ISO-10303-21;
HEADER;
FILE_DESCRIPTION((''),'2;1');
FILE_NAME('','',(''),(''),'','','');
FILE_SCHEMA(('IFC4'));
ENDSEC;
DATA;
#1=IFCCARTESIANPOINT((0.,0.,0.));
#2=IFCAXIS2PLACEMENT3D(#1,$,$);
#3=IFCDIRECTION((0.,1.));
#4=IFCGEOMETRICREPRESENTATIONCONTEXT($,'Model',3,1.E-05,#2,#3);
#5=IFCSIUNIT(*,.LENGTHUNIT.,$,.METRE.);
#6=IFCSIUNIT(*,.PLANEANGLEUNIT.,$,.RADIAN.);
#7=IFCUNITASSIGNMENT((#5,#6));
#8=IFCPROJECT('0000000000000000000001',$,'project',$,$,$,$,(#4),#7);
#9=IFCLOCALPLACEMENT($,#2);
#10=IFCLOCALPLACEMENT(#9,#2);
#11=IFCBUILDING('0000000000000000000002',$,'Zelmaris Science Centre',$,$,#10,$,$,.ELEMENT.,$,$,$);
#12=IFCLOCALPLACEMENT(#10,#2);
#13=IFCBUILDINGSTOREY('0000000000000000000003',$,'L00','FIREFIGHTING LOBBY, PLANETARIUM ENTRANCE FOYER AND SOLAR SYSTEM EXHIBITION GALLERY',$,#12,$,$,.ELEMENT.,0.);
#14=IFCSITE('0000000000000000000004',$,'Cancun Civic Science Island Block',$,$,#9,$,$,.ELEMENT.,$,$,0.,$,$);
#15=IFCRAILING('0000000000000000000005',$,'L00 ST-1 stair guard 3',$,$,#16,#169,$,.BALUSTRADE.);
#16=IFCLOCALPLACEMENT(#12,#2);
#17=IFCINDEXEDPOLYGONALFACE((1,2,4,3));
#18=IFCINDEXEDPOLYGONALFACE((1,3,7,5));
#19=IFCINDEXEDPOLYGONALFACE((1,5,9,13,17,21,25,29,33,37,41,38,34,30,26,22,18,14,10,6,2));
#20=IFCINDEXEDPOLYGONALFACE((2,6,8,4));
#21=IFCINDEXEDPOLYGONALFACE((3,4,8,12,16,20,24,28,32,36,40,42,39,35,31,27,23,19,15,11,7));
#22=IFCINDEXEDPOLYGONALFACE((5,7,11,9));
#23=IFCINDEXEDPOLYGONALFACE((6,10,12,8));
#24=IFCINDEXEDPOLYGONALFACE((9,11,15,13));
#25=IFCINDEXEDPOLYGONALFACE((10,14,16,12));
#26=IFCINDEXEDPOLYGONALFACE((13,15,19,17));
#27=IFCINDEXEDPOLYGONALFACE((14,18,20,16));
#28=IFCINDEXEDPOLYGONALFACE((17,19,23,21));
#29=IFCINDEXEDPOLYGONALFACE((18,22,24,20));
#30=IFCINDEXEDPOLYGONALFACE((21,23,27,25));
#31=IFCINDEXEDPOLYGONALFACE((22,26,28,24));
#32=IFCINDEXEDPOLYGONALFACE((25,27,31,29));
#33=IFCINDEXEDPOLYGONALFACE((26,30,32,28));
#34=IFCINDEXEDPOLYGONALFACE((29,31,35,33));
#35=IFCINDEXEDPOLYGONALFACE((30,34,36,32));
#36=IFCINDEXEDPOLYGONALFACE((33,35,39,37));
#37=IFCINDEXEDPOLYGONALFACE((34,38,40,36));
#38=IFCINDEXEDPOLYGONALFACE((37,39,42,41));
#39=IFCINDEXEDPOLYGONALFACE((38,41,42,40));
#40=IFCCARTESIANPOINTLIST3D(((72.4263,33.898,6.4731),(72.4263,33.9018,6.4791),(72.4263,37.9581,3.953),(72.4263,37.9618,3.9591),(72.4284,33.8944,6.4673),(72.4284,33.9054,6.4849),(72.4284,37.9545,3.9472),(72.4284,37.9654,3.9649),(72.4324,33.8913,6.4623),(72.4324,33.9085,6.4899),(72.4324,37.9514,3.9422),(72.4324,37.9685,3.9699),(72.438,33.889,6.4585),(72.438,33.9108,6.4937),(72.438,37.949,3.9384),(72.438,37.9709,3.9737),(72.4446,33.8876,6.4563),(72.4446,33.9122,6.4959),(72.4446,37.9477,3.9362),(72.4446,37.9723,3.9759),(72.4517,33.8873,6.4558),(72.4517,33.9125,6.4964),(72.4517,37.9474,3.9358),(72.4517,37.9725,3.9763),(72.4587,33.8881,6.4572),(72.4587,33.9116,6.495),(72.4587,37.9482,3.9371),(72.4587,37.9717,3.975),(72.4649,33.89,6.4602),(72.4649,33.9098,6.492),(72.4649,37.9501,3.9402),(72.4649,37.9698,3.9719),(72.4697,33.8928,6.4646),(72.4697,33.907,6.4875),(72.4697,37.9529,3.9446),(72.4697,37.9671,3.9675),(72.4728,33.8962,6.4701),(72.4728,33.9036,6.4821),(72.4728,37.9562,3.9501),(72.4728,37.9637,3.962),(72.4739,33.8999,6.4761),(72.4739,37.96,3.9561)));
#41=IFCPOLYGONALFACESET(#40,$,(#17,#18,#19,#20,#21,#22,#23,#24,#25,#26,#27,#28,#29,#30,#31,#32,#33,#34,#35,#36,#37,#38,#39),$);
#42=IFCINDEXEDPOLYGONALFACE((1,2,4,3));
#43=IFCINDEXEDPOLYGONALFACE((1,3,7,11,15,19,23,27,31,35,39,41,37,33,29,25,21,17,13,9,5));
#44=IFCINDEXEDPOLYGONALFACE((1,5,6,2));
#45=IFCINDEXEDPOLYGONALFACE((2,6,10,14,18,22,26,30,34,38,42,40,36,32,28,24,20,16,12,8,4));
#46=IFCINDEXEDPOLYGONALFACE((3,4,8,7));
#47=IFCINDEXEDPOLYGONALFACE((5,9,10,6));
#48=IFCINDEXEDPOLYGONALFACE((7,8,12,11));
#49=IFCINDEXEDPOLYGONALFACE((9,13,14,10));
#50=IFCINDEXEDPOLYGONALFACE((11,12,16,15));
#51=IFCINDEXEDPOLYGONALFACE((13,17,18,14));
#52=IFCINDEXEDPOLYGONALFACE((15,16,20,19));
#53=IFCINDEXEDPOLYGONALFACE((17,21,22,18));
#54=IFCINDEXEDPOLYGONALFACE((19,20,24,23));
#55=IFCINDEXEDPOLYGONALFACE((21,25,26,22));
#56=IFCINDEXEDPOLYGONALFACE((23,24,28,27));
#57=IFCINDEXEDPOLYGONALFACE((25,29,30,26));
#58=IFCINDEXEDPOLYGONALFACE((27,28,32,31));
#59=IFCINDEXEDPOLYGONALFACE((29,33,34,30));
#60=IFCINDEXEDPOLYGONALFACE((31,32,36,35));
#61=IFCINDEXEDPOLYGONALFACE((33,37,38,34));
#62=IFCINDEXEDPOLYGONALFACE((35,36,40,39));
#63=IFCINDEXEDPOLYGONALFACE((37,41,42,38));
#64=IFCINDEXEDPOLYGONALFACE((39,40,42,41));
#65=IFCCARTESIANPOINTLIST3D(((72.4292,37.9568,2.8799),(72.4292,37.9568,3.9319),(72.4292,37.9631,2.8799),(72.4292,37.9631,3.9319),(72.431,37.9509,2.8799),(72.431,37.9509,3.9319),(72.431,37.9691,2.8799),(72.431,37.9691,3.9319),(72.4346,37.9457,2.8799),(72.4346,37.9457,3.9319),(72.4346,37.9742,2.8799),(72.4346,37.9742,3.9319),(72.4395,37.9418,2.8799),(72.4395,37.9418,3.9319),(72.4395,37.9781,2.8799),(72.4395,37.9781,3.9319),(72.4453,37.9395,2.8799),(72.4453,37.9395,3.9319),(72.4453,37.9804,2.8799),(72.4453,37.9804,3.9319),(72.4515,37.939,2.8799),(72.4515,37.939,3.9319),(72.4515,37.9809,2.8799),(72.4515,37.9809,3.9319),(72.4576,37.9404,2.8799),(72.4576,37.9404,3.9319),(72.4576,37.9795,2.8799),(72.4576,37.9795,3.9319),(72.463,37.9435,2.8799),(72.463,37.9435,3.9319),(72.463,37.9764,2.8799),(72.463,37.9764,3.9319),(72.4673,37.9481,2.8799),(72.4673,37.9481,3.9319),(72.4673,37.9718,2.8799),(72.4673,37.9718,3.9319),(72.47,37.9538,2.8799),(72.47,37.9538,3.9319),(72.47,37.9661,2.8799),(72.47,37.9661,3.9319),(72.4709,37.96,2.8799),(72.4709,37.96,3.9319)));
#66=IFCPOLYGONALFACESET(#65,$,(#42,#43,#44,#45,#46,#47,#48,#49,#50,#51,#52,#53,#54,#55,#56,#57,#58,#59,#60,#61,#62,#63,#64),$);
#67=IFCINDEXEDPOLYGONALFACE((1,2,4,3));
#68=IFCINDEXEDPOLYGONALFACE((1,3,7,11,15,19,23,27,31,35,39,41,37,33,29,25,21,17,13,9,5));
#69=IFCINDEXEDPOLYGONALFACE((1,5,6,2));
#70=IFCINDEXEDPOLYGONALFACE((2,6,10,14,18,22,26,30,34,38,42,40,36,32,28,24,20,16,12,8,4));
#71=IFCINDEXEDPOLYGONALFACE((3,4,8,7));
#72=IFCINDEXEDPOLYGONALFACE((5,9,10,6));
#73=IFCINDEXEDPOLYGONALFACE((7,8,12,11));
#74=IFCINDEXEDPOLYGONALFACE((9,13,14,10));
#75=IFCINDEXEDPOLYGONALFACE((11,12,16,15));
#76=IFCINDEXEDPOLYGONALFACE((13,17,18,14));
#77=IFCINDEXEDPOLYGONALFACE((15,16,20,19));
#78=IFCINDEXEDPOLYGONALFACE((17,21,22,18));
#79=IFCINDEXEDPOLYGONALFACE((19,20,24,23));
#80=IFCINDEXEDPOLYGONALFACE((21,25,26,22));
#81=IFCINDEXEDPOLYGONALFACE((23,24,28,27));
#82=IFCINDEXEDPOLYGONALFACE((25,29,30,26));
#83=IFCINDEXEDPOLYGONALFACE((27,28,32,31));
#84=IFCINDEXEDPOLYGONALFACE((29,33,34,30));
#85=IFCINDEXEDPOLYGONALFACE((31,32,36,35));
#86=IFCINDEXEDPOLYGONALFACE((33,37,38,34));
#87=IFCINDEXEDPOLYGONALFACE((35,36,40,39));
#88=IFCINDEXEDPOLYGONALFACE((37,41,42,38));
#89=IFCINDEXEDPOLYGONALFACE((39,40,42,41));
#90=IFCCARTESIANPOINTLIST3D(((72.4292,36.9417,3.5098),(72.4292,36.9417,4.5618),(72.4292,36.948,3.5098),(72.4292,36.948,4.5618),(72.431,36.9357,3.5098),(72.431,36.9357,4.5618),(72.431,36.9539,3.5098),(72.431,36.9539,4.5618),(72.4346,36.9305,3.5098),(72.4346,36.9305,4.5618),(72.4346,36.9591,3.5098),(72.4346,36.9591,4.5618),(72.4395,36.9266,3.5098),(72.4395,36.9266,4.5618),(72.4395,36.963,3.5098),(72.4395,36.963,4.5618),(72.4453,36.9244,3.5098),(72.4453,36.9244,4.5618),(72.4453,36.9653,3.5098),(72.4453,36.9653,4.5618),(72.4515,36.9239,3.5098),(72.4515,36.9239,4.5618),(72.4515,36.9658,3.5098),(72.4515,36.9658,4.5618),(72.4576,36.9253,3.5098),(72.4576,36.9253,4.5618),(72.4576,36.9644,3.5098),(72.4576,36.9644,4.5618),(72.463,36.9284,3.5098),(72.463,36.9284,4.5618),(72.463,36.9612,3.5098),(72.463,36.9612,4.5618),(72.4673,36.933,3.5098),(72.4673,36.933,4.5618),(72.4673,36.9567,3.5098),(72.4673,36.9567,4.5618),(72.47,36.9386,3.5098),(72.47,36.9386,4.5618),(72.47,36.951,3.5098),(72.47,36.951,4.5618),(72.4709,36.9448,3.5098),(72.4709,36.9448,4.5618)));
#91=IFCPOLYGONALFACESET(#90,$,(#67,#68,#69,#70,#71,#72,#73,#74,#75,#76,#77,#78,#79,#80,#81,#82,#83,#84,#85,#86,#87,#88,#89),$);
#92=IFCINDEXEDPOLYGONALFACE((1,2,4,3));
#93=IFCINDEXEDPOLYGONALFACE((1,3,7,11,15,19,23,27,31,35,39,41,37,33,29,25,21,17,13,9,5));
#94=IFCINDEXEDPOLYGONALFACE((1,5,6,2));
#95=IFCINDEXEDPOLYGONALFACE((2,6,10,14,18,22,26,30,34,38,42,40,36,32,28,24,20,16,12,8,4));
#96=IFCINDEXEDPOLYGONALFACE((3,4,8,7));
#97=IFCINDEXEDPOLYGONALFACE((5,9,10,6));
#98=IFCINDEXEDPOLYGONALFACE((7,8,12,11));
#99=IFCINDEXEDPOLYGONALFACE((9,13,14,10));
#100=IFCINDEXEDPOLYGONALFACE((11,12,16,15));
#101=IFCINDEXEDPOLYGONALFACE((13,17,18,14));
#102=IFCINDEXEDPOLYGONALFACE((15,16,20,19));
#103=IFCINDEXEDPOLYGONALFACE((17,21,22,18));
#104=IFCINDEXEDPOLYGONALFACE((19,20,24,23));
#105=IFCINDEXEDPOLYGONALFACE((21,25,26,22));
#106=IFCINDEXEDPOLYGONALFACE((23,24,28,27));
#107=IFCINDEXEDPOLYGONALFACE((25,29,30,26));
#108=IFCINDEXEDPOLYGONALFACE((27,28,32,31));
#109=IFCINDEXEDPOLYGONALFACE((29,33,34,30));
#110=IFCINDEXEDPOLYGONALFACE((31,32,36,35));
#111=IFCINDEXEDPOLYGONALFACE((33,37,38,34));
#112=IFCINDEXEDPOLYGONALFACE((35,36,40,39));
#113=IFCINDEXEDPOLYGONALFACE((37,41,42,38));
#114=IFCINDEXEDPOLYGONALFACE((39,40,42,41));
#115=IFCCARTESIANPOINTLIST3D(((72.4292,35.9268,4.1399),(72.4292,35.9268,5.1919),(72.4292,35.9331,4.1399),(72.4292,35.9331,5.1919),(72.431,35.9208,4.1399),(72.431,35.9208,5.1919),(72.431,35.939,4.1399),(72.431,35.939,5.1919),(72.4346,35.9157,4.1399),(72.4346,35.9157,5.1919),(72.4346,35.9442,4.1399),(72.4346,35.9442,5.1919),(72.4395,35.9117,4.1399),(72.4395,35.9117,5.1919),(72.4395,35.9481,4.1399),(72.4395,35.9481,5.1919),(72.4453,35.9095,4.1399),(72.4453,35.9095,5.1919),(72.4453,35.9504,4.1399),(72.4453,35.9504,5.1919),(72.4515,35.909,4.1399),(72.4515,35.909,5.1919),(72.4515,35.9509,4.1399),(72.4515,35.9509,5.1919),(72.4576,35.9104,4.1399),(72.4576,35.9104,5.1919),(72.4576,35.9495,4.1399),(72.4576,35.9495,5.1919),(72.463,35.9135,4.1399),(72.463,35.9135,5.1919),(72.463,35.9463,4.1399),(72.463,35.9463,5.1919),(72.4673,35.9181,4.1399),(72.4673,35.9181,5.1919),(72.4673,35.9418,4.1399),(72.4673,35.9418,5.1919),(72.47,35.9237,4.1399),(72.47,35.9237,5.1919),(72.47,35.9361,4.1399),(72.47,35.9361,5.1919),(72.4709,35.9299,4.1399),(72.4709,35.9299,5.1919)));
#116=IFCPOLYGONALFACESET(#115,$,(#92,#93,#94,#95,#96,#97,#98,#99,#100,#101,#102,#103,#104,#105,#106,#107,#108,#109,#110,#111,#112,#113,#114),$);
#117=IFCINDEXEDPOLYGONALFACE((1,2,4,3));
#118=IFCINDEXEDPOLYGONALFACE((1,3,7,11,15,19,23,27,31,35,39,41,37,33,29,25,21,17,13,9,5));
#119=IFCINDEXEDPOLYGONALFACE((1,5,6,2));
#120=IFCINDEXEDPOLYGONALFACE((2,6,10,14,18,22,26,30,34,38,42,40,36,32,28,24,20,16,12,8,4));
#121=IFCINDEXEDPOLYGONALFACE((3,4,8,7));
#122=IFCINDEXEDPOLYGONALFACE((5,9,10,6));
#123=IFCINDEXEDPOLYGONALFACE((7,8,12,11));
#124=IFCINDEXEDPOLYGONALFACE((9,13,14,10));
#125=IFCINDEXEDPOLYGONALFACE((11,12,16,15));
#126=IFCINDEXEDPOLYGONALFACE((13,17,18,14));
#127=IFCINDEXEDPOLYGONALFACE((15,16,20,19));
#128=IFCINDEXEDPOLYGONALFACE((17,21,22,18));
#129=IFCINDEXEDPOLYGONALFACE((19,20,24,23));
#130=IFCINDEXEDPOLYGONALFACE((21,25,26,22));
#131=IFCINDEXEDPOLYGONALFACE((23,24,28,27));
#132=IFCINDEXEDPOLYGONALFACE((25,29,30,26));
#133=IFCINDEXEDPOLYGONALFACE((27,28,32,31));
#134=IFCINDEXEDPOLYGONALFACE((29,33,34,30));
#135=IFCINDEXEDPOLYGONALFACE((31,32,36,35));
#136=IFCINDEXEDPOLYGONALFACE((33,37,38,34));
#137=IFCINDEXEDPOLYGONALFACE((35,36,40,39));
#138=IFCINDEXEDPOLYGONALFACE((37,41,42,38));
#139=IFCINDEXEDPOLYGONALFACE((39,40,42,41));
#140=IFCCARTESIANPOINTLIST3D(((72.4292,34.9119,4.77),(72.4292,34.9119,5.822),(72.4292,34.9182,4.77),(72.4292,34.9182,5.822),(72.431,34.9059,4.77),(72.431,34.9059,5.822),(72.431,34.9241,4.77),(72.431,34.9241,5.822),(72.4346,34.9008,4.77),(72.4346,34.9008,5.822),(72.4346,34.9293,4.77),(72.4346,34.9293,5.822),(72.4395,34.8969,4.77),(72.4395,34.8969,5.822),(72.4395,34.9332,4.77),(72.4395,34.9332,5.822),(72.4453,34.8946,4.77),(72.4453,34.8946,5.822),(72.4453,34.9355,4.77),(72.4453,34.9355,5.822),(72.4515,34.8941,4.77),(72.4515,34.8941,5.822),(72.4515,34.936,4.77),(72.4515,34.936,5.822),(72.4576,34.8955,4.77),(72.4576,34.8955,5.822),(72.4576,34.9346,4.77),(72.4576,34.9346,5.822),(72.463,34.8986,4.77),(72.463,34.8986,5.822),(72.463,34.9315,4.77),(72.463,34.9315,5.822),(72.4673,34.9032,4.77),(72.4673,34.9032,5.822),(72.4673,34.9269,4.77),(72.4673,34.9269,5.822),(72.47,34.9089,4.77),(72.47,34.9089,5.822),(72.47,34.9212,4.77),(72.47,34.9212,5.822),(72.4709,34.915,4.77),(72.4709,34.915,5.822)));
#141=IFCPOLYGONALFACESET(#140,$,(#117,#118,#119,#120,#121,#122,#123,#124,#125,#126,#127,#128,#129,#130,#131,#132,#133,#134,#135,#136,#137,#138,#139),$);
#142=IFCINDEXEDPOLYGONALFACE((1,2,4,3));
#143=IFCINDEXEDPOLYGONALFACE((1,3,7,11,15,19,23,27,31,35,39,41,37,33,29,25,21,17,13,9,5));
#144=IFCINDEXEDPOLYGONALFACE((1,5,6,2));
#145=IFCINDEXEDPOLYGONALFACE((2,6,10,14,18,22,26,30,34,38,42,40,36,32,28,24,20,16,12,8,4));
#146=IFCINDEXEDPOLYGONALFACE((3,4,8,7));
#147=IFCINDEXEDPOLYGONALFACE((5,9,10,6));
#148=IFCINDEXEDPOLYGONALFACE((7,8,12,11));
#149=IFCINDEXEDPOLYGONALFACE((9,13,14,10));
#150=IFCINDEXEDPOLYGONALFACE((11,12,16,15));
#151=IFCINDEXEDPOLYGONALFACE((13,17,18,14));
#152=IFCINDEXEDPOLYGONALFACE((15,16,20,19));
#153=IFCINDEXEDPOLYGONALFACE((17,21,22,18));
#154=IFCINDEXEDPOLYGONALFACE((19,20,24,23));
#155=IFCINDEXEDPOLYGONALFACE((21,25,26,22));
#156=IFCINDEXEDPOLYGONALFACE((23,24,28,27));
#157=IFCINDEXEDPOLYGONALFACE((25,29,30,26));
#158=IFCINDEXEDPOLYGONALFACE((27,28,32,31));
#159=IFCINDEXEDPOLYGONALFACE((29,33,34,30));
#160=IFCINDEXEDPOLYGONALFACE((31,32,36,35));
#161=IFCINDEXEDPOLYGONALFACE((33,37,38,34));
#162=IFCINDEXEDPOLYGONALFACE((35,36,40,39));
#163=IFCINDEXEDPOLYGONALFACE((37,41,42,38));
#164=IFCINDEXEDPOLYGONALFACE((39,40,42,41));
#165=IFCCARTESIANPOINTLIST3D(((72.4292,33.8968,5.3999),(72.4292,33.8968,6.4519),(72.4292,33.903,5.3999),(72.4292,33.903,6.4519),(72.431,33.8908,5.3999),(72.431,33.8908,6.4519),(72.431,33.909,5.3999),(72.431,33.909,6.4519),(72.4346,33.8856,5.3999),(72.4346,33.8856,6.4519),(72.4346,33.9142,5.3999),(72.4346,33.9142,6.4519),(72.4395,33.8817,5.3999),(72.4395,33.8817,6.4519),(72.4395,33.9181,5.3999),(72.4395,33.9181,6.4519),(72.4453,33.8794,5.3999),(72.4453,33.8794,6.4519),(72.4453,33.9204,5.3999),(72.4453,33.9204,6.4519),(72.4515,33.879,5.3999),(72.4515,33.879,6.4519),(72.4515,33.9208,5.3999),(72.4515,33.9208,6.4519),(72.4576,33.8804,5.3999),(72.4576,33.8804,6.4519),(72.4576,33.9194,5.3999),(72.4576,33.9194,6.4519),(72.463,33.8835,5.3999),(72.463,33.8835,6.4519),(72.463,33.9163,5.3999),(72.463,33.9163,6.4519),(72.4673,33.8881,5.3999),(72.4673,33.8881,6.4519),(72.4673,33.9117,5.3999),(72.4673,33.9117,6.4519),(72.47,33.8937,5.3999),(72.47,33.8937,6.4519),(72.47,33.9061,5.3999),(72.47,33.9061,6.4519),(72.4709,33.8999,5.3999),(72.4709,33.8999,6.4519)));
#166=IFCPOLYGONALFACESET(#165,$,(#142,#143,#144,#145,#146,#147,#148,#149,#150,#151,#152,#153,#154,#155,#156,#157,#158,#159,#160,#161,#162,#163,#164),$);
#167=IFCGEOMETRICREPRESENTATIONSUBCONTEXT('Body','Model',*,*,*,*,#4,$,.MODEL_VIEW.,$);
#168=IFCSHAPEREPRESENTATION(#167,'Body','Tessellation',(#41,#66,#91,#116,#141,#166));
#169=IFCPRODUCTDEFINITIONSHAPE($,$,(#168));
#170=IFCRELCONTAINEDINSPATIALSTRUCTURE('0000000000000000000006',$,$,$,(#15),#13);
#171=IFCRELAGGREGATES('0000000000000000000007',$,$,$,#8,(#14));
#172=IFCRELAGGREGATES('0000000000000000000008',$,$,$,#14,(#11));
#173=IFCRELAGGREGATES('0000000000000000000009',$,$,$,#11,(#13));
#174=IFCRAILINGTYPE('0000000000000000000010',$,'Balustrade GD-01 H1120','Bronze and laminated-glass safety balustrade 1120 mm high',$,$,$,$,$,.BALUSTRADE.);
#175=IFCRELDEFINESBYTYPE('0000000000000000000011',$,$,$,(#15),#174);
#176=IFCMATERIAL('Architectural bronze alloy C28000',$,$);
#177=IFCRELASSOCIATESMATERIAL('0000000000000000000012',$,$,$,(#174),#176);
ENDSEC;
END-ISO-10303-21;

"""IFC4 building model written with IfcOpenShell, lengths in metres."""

from ifc_helpers import new_model, si_unit, direction, frame, origin, origin_2d, place, context, subcontext, project, spatial, circle, extrude, material, type_object, element, save


model = new_model("IFC4")

# Units and contexts
model_context = context("Model", 3, precision=1e-05, world=origin(), true_north=direction((0.0, 1.0)))
body_context = subcontext(model_context, "Body", "Model", "MODEL_VIEW")
ifc_project = project(units=[si_unit("LENGTHUNIT", "METRE"), si_unit("PLANEANGLEUNIT", "RADIAN")], contexts=[model_context])

# Site, building, storey
site_placement = place(None, origin())
site = spatial("IfcSite", under=ifc_project, at=site_placement, Name="Cancun Civic Science Island Block", CompositionType="ELEMENT", RefElevation=0.0)
building_placement = place(site_placement, origin())
building = spatial("IfcBuilding", under=site, at=building_placement, Name="Zelmaris Science Centre", CompositionType="ELEMENT")
storey_placement = place(building_placement, origin())
storey = spatial("IfcBuildingStorey", under=building, at=storey_placement, Name="L00", Description="FIREFIGHTING LOBBY, PLANETARIUM ENTRANCE FOYER AND SOLAR SYSTEM EXHIBITION GALLERY", CompositionType="ELEMENT", Elevation=0.0)

# Railing
ifc_material_1 = material(Name="Architectural bronze alloy C28000")
railing_type_1 = type_object("IfcRailingType", Name="Balustrade GD-01 H1120", Description="Bronze and laminated-glass safety balustrade 1120 mm high", PredefinedType="BALUSTRADE", material=ifc_material_1)
railing_1_placement = place(storey_placement, frame((72.45, 37.96, 2.8799)))
element("IfcRailing", 1, at=railing_1_placement, inside=storey, type_object=railing_type_1, Name="L00 ST-1 stair guard 3", PredefinedType="BALUSTRADE", context=body_context, shape_type="SweptSolid", body=[
    extrude(circle(Radius=0.0239, at=origin_2d()), frame((0.0, 0.0, 1.0762), z_axis=(0.0, -0.849642, 0.52736), x_axis=(1.0, 0.0, 0.0)), (0.0, 0.0, 1.0), 4.7786),
    extrude(circle(Radius=0.021, at=origin_2d()), origin(), (0.0, 0.0, 1.0), 1.052),
    extrude(circle(Radius=0.021, at=origin_2d()), frame((0.0, -1.0151, 0.6299)), (0.0, 0.0, 1.0), 1.052),
    extrude(circle(Radius=0.021, at=origin_2d()), frame((0.0, -2.03, 1.26)), (0.0, 0.0, 1.0), 1.052),
    extrude(circle(Radius=0.021, at=origin_2d()), frame((0.0, -3.0449, 1.8901)), (0.0, 0.0, 1.0), 1.052),
    extrude(circle(Radius=0.021, at=origin_2d()), frame((0.0, -4.0601, 2.52)), (0.0, 0.0, 1.0), 1.052),
])

save(model, "model.ifc")
